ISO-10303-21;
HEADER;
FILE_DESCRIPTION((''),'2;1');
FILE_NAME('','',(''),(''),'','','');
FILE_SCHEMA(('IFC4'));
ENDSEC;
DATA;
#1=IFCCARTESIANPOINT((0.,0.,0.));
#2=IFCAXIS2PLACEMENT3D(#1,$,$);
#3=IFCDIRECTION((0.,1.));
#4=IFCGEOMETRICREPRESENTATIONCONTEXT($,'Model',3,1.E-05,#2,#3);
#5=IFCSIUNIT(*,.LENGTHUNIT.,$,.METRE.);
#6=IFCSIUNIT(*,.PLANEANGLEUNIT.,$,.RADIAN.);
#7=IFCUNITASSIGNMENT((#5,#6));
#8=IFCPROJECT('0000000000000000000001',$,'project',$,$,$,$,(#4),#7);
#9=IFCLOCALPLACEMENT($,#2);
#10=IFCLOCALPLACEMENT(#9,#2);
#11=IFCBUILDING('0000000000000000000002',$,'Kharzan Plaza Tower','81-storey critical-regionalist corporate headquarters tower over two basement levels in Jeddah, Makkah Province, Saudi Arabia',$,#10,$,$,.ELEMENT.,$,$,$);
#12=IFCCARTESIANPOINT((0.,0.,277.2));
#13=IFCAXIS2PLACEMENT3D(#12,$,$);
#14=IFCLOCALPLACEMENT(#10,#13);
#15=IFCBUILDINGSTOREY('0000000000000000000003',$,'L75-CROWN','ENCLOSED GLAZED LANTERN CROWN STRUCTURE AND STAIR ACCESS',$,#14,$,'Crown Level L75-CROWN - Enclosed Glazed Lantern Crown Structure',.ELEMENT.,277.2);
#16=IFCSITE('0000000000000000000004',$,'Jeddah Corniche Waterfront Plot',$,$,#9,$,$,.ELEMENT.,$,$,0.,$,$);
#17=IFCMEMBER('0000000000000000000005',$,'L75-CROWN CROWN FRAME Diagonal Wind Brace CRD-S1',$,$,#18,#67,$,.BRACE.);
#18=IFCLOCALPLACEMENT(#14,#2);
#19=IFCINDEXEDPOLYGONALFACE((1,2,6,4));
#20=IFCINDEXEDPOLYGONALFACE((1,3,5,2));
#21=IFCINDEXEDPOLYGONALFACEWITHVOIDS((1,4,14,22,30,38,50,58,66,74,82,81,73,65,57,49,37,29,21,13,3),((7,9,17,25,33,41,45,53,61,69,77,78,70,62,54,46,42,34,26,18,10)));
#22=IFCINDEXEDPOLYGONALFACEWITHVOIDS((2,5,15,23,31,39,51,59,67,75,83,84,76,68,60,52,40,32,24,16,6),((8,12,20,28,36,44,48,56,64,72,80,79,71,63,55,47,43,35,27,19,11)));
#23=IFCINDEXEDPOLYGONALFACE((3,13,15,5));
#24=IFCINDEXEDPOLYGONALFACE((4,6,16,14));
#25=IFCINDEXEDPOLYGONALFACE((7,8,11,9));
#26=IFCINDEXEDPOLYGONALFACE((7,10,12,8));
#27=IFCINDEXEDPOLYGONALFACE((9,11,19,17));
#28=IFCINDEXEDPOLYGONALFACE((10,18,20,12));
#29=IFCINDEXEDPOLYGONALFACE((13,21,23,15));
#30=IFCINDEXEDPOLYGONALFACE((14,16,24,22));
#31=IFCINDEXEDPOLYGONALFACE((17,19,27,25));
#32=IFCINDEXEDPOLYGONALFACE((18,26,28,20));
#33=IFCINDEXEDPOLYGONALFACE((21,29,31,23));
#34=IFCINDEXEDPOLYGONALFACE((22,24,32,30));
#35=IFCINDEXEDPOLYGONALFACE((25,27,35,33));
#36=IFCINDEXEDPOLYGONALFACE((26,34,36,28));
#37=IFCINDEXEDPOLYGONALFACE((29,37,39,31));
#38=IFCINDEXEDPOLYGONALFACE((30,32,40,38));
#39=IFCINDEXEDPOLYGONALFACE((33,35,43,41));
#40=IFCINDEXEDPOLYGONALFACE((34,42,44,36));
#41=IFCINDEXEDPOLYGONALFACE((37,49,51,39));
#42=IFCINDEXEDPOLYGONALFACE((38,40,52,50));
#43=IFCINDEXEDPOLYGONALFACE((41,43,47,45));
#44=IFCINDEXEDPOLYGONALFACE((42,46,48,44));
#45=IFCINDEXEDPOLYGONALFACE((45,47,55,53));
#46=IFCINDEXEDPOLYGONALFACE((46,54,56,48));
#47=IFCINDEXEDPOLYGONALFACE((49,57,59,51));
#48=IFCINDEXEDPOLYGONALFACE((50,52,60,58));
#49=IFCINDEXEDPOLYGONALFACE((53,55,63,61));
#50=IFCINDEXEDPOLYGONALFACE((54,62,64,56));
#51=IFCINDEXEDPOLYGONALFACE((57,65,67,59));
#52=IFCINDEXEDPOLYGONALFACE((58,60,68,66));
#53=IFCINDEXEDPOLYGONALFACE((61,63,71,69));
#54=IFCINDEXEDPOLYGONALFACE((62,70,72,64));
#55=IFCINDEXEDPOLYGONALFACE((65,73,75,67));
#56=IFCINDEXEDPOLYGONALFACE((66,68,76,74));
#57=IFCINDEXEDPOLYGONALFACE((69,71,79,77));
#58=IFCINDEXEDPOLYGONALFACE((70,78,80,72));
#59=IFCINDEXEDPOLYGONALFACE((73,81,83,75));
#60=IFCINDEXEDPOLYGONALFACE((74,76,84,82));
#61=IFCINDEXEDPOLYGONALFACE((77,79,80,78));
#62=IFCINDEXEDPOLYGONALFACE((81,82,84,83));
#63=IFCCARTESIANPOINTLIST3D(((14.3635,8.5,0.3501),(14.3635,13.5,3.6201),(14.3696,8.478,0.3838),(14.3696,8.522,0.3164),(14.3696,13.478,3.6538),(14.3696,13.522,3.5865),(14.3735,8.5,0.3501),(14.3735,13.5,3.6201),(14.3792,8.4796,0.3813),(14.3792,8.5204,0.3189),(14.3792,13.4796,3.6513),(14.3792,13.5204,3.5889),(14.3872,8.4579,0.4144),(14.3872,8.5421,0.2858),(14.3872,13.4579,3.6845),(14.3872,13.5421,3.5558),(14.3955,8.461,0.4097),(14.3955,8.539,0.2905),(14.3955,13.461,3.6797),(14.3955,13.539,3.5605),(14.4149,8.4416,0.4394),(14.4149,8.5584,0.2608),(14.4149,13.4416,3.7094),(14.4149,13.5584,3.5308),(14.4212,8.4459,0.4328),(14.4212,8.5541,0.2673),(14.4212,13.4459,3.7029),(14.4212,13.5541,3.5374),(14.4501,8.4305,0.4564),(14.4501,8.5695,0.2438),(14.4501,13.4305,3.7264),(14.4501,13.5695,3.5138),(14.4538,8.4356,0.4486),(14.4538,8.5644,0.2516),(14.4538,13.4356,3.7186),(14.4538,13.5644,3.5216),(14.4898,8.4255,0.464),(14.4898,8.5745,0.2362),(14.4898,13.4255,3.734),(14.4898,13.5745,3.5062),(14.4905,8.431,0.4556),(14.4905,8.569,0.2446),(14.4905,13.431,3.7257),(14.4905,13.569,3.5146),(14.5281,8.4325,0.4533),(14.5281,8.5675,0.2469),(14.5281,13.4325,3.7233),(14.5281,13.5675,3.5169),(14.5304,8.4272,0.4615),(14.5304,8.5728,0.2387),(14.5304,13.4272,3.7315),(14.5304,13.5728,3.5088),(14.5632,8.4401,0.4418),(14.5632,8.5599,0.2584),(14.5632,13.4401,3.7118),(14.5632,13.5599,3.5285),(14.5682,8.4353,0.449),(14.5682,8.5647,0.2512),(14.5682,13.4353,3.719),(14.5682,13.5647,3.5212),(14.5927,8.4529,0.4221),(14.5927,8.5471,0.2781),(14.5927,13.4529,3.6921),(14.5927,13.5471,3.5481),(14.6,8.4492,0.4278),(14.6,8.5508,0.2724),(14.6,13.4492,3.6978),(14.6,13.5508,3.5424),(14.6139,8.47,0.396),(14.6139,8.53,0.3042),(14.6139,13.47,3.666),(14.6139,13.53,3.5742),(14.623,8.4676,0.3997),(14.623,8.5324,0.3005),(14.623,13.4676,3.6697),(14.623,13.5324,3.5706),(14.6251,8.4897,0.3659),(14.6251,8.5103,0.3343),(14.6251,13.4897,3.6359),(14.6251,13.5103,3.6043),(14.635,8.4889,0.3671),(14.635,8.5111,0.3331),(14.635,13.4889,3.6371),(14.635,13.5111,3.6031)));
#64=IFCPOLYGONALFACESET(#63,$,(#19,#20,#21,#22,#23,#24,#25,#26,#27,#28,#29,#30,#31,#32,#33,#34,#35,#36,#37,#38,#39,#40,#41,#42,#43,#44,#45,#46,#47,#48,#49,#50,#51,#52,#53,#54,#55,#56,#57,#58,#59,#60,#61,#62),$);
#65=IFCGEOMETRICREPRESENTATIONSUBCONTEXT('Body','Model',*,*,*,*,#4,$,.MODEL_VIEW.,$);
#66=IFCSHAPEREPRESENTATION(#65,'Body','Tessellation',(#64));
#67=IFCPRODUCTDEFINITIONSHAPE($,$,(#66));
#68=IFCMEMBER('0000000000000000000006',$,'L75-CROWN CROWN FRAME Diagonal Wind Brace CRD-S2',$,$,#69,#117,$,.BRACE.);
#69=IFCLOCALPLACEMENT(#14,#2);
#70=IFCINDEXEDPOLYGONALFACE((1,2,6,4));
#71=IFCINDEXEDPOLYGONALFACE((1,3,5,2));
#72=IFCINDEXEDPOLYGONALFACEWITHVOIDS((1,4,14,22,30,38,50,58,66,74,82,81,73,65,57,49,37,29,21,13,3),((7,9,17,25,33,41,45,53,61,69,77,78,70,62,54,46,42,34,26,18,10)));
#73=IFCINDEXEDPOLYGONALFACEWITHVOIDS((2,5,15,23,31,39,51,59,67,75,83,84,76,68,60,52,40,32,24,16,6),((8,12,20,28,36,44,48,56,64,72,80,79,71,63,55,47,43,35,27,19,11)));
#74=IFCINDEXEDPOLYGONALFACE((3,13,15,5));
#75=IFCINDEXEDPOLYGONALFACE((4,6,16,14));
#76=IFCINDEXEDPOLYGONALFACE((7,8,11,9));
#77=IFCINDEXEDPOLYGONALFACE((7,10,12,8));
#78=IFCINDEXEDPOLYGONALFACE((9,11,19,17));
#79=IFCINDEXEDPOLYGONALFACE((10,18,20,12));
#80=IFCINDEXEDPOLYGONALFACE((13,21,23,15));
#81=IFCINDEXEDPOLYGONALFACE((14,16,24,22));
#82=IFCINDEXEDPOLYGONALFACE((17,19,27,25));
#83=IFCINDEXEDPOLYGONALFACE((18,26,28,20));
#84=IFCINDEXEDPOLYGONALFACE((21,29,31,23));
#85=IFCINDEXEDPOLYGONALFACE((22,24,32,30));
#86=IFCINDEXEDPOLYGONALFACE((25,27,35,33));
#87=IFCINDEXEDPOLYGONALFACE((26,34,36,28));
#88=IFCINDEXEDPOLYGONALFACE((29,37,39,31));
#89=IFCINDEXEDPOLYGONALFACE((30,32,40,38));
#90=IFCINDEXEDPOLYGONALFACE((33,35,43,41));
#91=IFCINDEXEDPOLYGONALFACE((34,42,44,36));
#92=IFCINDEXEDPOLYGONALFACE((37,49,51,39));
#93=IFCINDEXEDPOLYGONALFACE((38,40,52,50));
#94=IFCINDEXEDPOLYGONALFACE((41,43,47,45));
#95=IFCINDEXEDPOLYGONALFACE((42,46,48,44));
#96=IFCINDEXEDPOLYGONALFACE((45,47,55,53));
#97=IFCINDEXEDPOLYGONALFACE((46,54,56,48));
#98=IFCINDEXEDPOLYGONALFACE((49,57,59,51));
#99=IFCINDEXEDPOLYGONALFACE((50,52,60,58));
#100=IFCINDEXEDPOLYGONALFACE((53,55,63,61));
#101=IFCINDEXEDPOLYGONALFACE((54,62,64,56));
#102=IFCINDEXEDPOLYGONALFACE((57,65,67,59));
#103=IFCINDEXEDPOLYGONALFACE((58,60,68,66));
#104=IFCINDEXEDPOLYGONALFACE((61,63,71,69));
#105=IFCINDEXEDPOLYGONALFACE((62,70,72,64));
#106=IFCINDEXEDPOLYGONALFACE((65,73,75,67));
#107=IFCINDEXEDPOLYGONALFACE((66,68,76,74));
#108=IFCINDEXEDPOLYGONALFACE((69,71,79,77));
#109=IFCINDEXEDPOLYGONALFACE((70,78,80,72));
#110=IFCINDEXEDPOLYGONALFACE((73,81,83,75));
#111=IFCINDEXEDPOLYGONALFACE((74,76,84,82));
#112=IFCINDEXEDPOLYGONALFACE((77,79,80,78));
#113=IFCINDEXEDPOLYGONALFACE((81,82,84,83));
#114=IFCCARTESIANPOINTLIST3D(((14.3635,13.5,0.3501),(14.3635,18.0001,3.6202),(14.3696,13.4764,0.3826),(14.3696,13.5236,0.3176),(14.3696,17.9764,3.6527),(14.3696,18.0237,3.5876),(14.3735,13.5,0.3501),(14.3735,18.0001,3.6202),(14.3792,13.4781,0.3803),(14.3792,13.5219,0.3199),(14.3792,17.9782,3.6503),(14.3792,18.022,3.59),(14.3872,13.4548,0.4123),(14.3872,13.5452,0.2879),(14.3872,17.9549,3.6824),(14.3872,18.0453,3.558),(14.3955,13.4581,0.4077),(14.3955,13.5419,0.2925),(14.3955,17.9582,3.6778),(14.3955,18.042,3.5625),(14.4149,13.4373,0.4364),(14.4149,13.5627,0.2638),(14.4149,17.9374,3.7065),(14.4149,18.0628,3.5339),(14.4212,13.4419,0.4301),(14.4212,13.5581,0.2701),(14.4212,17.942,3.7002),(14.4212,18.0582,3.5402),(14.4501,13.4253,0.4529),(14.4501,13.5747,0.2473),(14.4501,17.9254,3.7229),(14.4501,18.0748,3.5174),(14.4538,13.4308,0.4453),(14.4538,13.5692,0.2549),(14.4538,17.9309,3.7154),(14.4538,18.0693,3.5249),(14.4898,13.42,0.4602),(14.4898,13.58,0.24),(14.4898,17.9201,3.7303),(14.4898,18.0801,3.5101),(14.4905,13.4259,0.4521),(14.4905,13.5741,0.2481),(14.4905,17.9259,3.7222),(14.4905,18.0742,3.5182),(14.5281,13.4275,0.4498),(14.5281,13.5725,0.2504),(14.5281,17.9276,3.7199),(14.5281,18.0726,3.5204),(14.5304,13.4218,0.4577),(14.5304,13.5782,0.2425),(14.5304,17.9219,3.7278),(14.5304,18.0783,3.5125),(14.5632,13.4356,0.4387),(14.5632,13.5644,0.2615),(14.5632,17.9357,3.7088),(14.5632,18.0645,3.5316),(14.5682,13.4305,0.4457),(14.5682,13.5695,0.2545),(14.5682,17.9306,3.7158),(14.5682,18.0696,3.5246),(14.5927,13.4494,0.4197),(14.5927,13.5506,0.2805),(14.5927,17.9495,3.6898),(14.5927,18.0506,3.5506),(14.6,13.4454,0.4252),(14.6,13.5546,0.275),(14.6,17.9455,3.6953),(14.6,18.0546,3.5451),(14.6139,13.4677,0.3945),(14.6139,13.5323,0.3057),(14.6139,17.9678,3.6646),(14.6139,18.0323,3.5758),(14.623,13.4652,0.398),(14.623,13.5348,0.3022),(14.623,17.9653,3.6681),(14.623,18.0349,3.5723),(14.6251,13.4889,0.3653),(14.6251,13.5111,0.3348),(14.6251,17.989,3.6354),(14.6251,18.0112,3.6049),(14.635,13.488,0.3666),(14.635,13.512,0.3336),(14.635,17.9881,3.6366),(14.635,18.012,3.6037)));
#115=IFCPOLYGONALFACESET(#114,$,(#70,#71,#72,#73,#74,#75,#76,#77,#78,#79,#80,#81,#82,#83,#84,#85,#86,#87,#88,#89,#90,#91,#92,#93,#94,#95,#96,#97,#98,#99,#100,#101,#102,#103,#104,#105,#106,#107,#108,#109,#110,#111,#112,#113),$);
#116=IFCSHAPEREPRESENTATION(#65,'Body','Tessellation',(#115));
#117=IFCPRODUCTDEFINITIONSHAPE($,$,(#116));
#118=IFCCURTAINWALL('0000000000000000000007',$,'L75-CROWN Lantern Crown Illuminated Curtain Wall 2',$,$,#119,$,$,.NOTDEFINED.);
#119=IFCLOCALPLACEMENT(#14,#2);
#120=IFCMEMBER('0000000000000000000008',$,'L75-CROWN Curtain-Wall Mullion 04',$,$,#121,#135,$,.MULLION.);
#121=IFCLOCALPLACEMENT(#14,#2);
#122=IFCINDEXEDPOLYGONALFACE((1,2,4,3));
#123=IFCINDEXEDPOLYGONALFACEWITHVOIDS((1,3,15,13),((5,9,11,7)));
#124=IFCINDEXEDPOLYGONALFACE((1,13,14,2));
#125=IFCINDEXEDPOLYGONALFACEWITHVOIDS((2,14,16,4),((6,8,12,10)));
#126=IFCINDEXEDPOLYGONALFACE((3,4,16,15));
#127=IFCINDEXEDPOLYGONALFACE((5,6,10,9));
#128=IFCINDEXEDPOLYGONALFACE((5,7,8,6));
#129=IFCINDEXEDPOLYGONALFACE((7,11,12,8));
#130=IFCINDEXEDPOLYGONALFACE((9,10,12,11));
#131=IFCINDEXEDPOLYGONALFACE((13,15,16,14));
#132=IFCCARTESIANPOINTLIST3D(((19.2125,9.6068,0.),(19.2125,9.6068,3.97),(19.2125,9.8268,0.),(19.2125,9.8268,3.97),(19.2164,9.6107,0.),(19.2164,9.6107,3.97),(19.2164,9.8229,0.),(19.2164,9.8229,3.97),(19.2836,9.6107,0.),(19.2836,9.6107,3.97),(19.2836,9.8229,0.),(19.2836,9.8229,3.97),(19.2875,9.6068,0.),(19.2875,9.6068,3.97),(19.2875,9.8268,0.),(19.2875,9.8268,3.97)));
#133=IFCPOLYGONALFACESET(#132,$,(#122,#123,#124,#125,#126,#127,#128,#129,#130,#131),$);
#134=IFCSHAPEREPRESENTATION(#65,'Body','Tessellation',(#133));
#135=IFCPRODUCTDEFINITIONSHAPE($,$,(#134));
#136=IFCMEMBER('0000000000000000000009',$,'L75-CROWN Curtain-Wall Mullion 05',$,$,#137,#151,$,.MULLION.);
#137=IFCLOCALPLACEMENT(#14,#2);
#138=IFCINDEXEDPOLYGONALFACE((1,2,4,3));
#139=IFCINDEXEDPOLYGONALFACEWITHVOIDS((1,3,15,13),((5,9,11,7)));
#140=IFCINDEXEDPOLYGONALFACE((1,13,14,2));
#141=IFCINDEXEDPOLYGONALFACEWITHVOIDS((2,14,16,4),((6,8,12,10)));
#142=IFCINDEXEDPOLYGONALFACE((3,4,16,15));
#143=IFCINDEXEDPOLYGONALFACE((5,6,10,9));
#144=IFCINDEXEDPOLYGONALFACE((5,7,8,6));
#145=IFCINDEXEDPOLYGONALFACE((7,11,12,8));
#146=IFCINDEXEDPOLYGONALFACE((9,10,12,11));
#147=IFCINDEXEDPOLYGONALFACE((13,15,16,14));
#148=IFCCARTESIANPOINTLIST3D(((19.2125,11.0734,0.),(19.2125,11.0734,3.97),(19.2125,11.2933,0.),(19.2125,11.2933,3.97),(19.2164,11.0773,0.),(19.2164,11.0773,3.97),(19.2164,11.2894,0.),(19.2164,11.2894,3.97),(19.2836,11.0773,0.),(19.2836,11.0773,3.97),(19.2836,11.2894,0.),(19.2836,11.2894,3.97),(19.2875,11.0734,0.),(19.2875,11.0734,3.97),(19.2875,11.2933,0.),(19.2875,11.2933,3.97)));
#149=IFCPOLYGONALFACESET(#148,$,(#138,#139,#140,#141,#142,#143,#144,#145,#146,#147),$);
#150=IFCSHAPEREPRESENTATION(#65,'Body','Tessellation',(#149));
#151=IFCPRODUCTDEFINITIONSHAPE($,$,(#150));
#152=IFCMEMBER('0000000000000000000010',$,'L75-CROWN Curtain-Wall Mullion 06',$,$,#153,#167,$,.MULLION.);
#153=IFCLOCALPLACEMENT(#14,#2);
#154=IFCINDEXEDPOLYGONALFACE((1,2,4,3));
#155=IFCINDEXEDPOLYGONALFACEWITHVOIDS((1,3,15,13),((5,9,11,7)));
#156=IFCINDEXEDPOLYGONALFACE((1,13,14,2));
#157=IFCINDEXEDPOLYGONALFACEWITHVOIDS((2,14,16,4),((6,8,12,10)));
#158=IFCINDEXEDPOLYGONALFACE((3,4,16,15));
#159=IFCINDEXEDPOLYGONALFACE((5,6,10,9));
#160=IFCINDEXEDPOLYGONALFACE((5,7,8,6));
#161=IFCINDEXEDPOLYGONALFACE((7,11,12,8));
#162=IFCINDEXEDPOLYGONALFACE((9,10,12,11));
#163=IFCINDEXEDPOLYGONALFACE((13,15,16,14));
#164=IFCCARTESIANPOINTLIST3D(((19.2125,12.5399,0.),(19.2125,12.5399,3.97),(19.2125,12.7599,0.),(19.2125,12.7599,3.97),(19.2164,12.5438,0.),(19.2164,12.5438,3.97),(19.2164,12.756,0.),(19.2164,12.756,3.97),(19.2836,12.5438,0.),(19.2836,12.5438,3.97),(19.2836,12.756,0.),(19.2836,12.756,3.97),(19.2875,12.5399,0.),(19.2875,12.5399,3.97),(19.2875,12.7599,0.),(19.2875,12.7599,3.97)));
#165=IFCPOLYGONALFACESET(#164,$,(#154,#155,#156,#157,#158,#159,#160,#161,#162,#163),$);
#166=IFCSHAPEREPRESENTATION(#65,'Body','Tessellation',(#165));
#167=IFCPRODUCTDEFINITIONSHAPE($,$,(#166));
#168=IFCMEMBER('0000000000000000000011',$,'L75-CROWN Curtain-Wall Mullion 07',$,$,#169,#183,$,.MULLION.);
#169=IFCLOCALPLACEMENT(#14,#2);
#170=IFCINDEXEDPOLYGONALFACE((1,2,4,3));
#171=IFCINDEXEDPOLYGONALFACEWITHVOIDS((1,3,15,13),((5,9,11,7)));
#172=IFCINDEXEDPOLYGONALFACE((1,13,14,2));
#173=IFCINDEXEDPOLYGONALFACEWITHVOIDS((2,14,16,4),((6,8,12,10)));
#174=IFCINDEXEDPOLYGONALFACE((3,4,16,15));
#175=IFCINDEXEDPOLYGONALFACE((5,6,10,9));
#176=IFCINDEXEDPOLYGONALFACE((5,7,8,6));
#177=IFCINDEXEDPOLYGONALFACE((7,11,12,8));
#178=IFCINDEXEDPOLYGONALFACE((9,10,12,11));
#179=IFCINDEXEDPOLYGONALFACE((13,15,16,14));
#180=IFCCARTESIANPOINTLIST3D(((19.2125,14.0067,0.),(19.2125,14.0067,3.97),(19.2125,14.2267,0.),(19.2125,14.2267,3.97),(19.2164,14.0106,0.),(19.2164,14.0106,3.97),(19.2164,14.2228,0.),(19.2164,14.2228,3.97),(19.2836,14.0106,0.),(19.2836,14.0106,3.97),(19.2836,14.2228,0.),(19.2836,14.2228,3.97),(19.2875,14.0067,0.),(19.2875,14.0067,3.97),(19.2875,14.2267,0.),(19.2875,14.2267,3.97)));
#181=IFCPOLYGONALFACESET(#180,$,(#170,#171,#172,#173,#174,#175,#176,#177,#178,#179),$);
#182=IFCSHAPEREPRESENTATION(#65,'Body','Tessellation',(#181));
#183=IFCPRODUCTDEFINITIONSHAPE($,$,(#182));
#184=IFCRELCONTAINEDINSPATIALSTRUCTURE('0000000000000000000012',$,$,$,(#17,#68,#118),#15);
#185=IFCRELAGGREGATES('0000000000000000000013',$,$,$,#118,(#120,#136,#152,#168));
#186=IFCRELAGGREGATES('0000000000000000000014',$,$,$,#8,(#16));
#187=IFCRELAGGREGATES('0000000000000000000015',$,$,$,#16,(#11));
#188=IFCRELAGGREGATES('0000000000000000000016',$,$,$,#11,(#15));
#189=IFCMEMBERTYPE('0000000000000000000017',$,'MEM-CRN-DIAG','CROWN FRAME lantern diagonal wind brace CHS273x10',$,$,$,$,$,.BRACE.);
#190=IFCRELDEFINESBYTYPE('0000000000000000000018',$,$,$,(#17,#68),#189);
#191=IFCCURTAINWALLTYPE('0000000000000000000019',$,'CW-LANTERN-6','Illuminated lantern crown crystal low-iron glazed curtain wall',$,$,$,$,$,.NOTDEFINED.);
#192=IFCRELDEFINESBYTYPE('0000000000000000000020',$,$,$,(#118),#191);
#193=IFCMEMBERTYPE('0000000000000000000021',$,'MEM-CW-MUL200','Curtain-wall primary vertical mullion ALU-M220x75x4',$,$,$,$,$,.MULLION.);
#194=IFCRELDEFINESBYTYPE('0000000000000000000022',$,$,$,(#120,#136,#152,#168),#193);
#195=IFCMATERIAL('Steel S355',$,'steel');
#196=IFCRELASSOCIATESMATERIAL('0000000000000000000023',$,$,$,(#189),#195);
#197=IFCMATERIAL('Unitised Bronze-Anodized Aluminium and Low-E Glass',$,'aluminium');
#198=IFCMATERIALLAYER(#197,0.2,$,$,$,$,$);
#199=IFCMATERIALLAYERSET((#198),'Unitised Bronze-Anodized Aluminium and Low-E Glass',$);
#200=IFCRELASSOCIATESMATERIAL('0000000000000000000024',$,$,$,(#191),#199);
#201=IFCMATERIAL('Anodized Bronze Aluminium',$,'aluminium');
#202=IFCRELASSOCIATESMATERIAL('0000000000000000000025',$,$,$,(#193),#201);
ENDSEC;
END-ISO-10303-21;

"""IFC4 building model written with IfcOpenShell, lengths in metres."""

from ifc_helpers import new_model, si_unit, direction, frame, origin, origin_2d, place, context, subcontext, project, spatial, hollow_rectangle, hollow_circle, extrude, source, transform, mapped, material, layer, layer_set, material_profile, profile_set, type_object, element, aggregate, save


model = new_model("IFC4")

# Units and contexts
model_context = context("Model", 3, precision=1e-05, world=origin(), true_north=direction((0.0, 1.0)))
body_context = subcontext(model_context, "Body", "Model", "MODEL_VIEW")
ifc_project = project(units=[si_unit("LENGTHUNIT", "METRE"), si_unit("PLANEANGLEUNIT", "RADIAN")], contexts=[model_context])

# Site, building, storey
site_placement = place(None, origin())
site = spatial("IfcSite", under=ifc_project, at=site_placement, Name="Jeddah Corniche Waterfront Plot", CompositionType="ELEMENT", RefElevation=0.0)
building_placement = place(site_placement, origin())
building = spatial("IfcBuilding", under=site, at=building_placement, Name="Kharzan Plaza Tower", Description="81-storey critical-regionalist corporate headquarters tower over two basement levels in Jeddah, Makkah Province, Saudi Arabia", CompositionType="ELEMENT")
storey_placement = place(building_placement, frame((0.0, 0.0, 277.2)))
storey = spatial("IfcBuildingStorey", under=building, at=storey_placement, Name="L75-CROWN", Description="ENCLOSED GLAZED LANTERN CROWN STRUCTURE AND STAIR ACCESS", LongName="Crown Level L75-CROWN - Enclosed Glazed Lantern Crown Structure", CompositionType="ELEMENT", Elevation=277.2)

# Shared definitions
ifc_material_1 = material(Name="Steel S355", Category="steel")

# Members
ifc_material_profile_1 = material_profile(ifc_material_1, hollow_circle(Radius=0.1365, WallThickness=0.01, at=origin_2d()), Name="CHS273x10")
ifc_profile_set_1 = profile_set([ifc_material_profile_1], Name="Steel S355")
member_type_1 = type_object("IfcMemberType", Name="MEM-CRN-DIAG", Description="CROWN FRAME lantern diagonal wind brace CHS273x10", PredefinedType="BRACE", material=ifc_profile_set_1)
shared_shape_1 = source(origin(), body_context, "Body", "SweptSolid", [
    extrude(hollow_circle(Radius=0.1365, WallThickness=0.01, at=origin_2d()), origin(), (0.0, 0.0, 1.0), 5.9744),
])
member_1_placement = place(storey_placement, frame((14.5, 8.5, 0.3501), z_axis=(0.0, 0.836909, 0.547342), x_axis=(-1.0, 0.0, 0.0)))
element("IfcMember", 1, at=member_1_placement, inside=storey, type_object=member_type_1, Name="L75-CROWN CROWN FRAME Diagonal Wind Brace CRD-S1", PredefinedType="BRACE", context=body_context, shape_type="MappedRepresentation", body=[
    mapped(shared_shape_1, transform((0.0, 0.0, 0.0), x_axis=(1.0, 0.0, 0.0), y_axis=(0.0, 1.0, 0.0), z_axis=(0.0, 0.0, 1.0))),
])
shared_shape_2 = source(origin(), body_context, "Body", "SweptSolid", [
    extrude(hollow_circle(Radius=0.1365, WallThickness=0.01, at=origin_2d()), origin(), (0.0, 0.0, 1.0), 5.5627),
])
member_2_placement = place(storey_placement, frame((14.5, 13.5, 0.3501), z_axis=(0.0, 0.808968, 0.587853), x_axis=(-1.0, 0.0, 0.0)))
element("IfcMember", 2, at=member_2_placement, inside=storey, type_object=member_type_1, Name="L75-CROWN CROWN FRAME Diagonal Wind Brace CRD-S2", PredefinedType="BRACE", context=body_context, shape_type="MappedRepresentation", body=[
    mapped(shared_shape_2, transform((0.0, 0.0, 0.0), x_axis=(1.0, 0.0, 0.0), y_axis=(0.0, 1.0, 0.0), z_axis=(0.0, 0.0, 1.0))),
])

# Curtain wall, members
ifc_material_2 = material(Name="Unitised Bronze-Anodized Aluminium and Low-E Glass", Category="aluminium")
ifc_layer_1 = layer(ifc_material_2, 0.2)
ifc_layer_set_1 = layer_set([ifc_layer_1], Name="Unitised Bronze-Anodized Aluminium and Low-E Glass")
curtain_wall_type = type_object("IfcCurtainWallType", Name="CW-LANTERN-6", Description="Illuminated lantern crown crystal low-iron glazed curtain wall", PredefinedType="NOTDEFINED", material=ifc_layer_set_1)
curtain_wall_placement = place(storey_placement, origin())
curtain_wall = element("IfcCurtainWall", 3, at=curtain_wall_placement, inside=storey, type_object=curtain_wall_type, Name="L75-CROWN Lantern Crown Illuminated Curtain Wall 2", PredefinedType="NOTDEFINED")
ifc_material_3 = material(Name="Anodized Bronze Aluminium", Category="aluminium")
ifc_material_profile_2 = material_profile(ifc_material_3, hollow_rectangle(XDim=0.075, YDim=0.22, WallThickness=0.0039, at=origin_2d()), Name="ALU-M220x75x4")
ifc_profile_set_2 = profile_set([ifc_material_profile_2], Name="Anodized Bronze Aluminium")
member_type_2 = type_object("IfcMemberType", Name="MEM-CW-MUL200", Description="Curtain-wall primary vertical mullion ALU-M220x75x4", PredefinedType="MULLION", material=ifc_profile_set_2)
shared_shape_3 = source(origin(), body_context, "Body", "SweptSolid", [
    extrude(hollow_rectangle(XDim=0.075, YDim=0.22, WallThickness=0.0039, at=origin_2d()), origin(), (0.0, 0.0, 1.0), 3.97),
])
member_3_placement = place(storey_placement, frame((19.25, 9.7168, 0.0), z_axis=(0.0, 0.0, 1.0), x_axis=(1.0, 0.0, 0.0)))
member_3 = element("IfcMember", 4, at=member_3_placement, type_object=member_type_2, Name="L75-CROWN Curtain-Wall Mullion 04", PredefinedType="MULLION", context=body_context, shape_type="MappedRepresentation", body=[
    mapped(shared_shape_3, transform((0.0, 0.0, 0.0), x_axis=(1.0, 0.0, 0.0), y_axis=(0.0, 1.0, 0.0), z_axis=(0.0, 0.0, 1.0))),
])
member_4_placement = place(storey_placement, frame((19.25, 11.1833, 0.0), z_axis=(0.0, 0.0, 1.0), x_axis=(1.0, 0.0, 0.0)))
member_4 = element("IfcMember", 5, at=member_4_placement, type_object=member_type_2, Name="L75-CROWN Curtain-Wall Mullion 05", PredefinedType="MULLION", context=body_context, shape_type="MappedRepresentation", body=[
    mapped(shared_shape_3, transform((0.0, 0.0, 0.0), x_axis=(1.0, 0.0, 0.0), y_axis=(0.0, 1.0, 0.0), z_axis=(0.0, 0.0, 1.0))),
])
member_5_placement = place(storey_placement, frame((19.25, 12.6499, 0.0), z_axis=(0.0, 0.0, 1.0), x_axis=(1.0, 0.0, 0.0)))
member_5 = element("IfcMember", 6, at=member_5_placement, type_object=member_type_2, Name="L75-CROWN Curtain-Wall Mullion 06", PredefinedType="MULLION", context=body_context, shape_type="MappedRepresentation", body=[
    mapped(shared_shape_3, transform((0.0, 0.0, 0.0), x_axis=(1.0, 0.0, 0.0), y_axis=(0.0, 1.0, 0.0), z_axis=(0.0, 0.0, 1.0))),
])
member_6_placement = place(storey_placement, frame((19.25, 14.1167, 0.0), z_axis=(0.0, 0.0, 1.0), x_axis=(1.0, 0.0, 0.0)))
member_6 = element("IfcMember", 7, at=member_6_placement, type_object=member_type_2, Name="L75-CROWN Curtain-Wall Mullion 07", PredefinedType="MULLION", context=body_context, shape_type="MappedRepresentation", body=[
    mapped(shared_shape_3, transform((0.0, 0.0, 0.0), x_axis=(1.0, 0.0, 0.0), y_axis=(0.0, 1.0, 0.0), z_axis=(0.0, 0.0, 1.0))),
])
aggregate(curtain_wall, [member_3, member_4, member_5, member_6])

save(model, "model.ifc")
